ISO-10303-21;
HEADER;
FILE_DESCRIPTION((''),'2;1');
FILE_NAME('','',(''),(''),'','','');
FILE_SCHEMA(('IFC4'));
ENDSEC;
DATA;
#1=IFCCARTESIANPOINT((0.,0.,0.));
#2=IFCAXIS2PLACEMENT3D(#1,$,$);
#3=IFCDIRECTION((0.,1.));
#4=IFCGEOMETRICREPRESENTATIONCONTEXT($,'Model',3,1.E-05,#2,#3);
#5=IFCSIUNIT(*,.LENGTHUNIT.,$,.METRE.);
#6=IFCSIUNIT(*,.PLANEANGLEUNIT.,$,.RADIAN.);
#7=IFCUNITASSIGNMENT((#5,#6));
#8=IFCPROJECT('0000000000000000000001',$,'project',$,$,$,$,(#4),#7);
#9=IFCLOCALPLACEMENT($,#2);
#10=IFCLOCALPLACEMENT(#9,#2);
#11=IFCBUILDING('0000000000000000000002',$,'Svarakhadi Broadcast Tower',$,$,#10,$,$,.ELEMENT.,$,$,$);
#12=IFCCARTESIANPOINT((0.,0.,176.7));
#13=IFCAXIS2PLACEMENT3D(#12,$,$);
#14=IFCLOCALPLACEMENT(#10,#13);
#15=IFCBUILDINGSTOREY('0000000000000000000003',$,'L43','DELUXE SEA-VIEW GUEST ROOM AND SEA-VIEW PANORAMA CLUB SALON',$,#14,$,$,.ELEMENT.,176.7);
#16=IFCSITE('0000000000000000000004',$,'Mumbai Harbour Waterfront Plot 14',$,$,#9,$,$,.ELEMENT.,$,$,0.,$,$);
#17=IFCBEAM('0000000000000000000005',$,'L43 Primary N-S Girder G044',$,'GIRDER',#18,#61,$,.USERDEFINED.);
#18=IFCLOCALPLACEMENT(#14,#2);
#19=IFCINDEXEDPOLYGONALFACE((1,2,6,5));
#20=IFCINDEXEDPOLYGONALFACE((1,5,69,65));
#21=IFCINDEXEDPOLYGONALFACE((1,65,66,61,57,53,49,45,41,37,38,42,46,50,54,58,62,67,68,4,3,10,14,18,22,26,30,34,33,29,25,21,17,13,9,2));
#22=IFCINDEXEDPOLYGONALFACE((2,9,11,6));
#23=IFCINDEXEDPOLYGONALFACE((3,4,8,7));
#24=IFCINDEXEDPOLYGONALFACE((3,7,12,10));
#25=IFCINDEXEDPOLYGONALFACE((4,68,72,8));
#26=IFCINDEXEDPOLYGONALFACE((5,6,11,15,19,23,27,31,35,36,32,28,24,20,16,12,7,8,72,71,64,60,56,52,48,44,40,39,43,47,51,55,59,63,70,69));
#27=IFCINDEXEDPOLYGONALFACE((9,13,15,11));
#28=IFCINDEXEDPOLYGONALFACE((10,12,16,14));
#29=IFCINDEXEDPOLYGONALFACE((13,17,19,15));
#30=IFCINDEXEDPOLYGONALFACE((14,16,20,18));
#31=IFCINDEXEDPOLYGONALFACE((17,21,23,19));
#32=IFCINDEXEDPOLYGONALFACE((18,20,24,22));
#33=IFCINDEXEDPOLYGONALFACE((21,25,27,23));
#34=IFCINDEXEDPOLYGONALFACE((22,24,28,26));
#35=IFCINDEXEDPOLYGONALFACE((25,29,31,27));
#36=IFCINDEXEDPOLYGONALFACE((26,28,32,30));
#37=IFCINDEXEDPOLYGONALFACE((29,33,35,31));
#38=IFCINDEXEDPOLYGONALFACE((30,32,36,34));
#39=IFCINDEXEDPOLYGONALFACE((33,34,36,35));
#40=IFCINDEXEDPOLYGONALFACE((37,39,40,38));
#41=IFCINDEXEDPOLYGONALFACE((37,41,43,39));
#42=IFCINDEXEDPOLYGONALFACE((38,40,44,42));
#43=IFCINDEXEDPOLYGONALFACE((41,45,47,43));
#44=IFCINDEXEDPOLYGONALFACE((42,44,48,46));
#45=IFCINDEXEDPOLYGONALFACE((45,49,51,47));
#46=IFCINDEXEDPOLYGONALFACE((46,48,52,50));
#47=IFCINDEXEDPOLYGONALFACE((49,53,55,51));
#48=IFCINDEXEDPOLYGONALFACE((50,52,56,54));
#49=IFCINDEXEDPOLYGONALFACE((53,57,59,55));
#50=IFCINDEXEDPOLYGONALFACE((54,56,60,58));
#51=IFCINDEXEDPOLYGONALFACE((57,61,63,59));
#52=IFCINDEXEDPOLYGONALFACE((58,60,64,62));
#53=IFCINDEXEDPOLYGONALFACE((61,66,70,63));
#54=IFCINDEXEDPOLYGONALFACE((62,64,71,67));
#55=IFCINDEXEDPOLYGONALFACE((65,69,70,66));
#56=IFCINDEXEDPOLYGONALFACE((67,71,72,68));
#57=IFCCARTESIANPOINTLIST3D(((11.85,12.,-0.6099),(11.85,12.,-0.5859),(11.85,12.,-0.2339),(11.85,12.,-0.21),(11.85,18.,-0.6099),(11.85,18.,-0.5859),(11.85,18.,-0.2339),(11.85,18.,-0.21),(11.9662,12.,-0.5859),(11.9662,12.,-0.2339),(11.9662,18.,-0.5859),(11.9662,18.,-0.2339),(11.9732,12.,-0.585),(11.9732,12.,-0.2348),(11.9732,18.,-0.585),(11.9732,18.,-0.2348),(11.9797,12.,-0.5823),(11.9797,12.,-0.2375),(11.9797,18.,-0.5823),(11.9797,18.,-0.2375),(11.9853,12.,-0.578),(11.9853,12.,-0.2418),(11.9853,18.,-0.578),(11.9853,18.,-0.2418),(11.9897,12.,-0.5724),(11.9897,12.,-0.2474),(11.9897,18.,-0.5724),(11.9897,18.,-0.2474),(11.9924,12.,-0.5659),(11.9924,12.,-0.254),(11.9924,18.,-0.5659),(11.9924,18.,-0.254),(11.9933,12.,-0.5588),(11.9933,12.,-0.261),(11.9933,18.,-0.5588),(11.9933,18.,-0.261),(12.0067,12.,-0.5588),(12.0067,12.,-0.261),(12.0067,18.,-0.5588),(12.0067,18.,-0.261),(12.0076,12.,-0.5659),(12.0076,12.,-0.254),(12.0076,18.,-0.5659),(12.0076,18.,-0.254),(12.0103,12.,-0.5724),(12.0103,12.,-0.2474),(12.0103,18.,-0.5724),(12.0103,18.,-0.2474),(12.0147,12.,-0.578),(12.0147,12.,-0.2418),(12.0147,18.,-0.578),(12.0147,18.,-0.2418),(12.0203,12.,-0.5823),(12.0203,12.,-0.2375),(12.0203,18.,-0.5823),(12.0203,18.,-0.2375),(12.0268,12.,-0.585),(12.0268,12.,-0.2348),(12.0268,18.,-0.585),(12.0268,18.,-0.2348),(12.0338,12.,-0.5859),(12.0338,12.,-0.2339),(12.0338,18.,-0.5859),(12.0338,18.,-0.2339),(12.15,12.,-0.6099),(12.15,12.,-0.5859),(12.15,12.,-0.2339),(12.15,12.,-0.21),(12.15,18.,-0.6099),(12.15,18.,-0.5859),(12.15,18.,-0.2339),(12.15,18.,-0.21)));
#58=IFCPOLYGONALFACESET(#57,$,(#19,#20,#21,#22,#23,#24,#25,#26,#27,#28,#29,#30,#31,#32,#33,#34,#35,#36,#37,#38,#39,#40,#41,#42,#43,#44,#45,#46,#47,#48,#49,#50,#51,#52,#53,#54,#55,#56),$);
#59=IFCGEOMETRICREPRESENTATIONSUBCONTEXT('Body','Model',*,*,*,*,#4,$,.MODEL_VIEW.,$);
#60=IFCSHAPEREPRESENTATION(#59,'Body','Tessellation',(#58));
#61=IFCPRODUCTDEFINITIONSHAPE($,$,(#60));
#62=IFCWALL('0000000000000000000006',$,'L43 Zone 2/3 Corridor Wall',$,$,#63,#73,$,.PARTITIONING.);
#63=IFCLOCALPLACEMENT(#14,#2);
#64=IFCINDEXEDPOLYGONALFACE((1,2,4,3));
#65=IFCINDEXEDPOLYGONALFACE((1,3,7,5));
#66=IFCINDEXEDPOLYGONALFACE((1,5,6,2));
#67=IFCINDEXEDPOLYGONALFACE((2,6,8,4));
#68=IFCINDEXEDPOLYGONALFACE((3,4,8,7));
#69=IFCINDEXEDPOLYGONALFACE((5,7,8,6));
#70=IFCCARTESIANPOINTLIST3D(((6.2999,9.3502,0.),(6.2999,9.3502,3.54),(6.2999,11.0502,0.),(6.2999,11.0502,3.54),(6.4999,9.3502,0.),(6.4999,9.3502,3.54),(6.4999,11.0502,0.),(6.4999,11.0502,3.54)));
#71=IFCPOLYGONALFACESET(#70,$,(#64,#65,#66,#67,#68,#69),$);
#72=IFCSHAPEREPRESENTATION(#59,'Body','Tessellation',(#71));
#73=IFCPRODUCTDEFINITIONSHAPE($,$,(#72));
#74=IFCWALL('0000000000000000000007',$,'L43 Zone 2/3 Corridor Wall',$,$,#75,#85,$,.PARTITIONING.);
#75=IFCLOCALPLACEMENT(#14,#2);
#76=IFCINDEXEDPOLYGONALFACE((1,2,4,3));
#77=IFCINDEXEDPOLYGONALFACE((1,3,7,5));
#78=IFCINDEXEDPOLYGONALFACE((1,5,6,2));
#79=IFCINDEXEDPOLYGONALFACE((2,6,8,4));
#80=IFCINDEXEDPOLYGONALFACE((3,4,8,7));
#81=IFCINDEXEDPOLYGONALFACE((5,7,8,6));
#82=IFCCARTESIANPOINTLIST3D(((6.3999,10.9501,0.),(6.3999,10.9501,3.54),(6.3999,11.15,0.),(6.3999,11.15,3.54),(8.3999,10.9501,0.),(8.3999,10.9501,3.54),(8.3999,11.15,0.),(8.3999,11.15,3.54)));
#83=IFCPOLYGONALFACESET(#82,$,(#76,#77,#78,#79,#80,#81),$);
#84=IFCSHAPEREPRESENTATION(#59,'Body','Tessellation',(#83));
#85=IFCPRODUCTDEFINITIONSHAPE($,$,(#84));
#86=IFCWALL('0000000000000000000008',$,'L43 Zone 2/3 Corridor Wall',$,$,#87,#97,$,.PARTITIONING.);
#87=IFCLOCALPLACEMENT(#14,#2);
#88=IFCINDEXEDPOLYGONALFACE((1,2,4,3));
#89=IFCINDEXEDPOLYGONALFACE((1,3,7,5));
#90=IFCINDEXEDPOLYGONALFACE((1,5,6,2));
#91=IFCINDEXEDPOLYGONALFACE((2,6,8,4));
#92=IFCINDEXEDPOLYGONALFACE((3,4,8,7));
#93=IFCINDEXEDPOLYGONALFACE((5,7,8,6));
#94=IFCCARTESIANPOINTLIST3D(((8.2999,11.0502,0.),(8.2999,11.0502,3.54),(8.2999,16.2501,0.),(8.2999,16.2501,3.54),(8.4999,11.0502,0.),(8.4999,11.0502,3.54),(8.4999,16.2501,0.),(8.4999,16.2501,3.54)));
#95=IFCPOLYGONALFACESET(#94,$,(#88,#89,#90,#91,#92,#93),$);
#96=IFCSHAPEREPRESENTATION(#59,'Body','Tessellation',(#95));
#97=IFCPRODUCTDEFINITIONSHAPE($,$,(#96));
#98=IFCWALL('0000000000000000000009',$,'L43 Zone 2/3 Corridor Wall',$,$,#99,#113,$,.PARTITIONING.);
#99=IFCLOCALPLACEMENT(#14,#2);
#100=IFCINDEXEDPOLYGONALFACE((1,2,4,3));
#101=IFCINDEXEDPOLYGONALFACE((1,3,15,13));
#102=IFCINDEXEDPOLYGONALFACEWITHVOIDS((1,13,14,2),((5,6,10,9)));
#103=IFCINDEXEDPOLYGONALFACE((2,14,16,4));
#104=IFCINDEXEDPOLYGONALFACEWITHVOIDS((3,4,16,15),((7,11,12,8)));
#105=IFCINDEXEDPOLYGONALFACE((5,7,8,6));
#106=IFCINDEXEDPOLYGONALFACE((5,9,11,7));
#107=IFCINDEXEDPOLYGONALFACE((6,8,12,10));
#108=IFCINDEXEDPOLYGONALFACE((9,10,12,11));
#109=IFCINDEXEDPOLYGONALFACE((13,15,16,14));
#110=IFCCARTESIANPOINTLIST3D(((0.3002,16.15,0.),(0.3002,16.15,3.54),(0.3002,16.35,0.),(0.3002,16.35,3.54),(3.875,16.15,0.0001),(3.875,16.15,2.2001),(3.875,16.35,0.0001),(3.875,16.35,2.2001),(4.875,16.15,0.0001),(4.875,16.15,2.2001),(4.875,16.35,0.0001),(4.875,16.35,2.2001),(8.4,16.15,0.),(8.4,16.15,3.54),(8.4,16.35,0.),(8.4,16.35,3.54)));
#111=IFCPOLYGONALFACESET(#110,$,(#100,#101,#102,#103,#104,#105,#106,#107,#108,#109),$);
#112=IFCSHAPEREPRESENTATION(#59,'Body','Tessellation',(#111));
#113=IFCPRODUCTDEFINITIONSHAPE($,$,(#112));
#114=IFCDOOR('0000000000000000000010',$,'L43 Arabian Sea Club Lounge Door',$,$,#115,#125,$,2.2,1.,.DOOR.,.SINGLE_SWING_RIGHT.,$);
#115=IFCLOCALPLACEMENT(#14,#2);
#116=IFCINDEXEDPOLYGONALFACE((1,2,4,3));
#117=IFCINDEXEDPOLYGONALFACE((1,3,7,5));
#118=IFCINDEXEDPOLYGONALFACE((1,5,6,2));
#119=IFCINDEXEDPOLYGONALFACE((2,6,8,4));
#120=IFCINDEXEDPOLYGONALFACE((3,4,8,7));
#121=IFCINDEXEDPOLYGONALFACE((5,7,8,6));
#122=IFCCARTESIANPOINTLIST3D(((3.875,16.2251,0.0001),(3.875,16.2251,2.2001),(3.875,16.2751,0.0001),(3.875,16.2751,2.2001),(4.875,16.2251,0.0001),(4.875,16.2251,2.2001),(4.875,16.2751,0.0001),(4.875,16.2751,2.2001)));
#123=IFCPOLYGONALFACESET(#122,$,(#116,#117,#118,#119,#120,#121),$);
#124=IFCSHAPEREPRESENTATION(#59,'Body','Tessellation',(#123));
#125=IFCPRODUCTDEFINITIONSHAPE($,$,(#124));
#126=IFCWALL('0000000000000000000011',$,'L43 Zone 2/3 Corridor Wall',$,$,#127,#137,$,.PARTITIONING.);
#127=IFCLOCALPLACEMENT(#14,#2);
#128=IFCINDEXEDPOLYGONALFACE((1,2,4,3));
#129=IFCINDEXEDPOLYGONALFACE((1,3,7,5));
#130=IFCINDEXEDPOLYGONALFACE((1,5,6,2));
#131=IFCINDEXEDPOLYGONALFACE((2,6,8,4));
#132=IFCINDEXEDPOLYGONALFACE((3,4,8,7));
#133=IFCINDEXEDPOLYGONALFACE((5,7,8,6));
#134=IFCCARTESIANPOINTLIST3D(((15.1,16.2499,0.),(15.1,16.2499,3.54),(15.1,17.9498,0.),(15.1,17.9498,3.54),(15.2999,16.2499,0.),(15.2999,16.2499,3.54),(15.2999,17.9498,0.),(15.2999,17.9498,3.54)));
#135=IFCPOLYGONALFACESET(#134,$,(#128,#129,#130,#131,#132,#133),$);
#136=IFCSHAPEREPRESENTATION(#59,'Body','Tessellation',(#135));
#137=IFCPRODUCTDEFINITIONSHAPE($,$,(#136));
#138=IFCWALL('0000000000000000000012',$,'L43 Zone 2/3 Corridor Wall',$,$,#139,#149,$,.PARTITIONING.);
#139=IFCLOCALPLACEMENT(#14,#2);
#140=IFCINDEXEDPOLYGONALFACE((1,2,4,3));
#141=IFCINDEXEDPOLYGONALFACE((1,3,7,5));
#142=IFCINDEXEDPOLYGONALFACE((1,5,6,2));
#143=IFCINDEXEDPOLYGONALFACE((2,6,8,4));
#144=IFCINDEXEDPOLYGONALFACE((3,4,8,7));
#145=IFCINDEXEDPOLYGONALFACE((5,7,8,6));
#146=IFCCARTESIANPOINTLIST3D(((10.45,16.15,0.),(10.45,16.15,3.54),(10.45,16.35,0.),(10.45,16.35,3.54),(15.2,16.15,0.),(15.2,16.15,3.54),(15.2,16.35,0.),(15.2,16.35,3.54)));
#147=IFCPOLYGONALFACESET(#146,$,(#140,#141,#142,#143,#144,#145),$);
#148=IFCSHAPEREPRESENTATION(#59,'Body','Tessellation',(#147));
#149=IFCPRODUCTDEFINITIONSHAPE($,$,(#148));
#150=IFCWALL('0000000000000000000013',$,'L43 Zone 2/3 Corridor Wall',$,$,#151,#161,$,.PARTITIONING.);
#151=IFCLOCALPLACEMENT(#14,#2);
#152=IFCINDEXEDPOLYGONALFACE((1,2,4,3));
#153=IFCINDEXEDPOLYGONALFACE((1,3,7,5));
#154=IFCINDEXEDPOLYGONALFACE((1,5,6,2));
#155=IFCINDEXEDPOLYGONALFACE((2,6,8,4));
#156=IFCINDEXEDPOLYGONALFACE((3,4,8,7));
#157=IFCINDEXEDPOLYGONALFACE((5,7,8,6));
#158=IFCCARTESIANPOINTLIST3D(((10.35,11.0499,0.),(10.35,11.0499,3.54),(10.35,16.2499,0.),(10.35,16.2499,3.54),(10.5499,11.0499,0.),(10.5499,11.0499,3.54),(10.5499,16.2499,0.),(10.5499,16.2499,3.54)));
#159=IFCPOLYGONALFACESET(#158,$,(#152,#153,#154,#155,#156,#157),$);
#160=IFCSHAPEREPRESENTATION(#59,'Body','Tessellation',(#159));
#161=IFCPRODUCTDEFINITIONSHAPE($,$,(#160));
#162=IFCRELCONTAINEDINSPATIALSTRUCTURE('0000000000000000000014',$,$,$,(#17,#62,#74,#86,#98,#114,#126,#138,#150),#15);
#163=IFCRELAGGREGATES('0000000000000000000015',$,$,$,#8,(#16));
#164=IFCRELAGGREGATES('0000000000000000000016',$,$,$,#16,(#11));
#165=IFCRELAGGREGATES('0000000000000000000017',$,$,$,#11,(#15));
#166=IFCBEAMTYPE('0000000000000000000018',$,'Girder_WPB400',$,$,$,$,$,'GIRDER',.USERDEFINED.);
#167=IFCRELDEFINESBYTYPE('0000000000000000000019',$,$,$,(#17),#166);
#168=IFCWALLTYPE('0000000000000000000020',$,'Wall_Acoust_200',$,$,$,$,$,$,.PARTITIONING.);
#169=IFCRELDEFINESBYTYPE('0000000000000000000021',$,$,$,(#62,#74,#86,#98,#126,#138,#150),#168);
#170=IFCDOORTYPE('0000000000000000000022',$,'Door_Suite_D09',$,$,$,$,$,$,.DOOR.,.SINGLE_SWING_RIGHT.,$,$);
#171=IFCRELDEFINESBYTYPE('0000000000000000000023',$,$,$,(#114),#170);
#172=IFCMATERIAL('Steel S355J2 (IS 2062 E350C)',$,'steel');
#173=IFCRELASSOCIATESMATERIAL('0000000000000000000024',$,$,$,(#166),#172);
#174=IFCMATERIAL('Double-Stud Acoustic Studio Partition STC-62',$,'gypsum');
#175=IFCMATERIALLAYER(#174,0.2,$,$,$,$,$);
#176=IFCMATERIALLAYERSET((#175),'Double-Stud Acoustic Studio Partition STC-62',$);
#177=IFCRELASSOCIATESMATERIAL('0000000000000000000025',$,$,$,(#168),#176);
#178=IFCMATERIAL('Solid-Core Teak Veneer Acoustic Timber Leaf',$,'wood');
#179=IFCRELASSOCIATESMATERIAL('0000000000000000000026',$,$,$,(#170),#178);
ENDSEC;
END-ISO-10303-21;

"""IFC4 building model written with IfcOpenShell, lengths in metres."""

from ifc_helpers import new_model, si_unit, direction, frame, frame_2d, origin, origin_2d, place, context, subcontext, project, spatial, rectangle, i_section, extrude, material, layer, layer_set, material_profile, profile_set, type_object, element, fill, save


model = new_model("IFC4")

# Units and contexts
model_context = context("Model", 3, precision=1e-05, world=origin(), true_north=direction((0.0, 1.0)))
body_context = subcontext(model_context, "Body", "Model", "MODEL_VIEW")
ifc_project = project(units=[si_unit("LENGTHUNIT", "METRE"), si_unit("PLANEANGLEUNIT", "RADIAN")], contexts=[model_context])

# Site, building, storey
site_placement = place(None, origin())
site = spatial("IfcSite", under=ifc_project, at=site_placement, Name="Mumbai Harbour Waterfront Plot 14", CompositionType="ELEMENT", RefElevation=0.0)
building_placement = place(site_placement, origin())
building = spatial("IfcBuilding", under=site, at=building_placement, Name="Svarakhadi Broadcast Tower", CompositionType="ELEMENT")
storey_placement = place(building_placement, frame((0.0, 0.0, 176.7)))
storey = spatial("IfcBuildingStorey", under=building, at=storey_placement, Name="L43", Description="DELUXE SEA-VIEW GUEST ROOM AND SEA-VIEW PANORAMA CLUB SALON", CompositionType="ELEMENT", Elevation=176.7)

# Beam
ifc_material_1 = material(Name="Steel S355J2 (IS 2062 E350C)", Category="steel")
ifc_material_profile_1 = material_profile(ifc_material_1, i_section(OverallWidth=0.3, OverallDepth=0.3999, WebThickness=0.0134, FlangeThickness=0.0239, FilletRadius=0.0271, at=origin_2d()), Name="WPB 400x300x155")
ifc_profile_set_1 = profile_set([ifc_material_profile_1], Name="Steel S355J2 (IS 2062 E350C)")
beam_type_1 = type_object("IfcBeamType", Name="Girder_WPB400", ElementType="GIRDER", PredefinedType="USERDEFINED", material=ifc_profile_set_1)
for number, where, z_axis, x_axis, name in (
    (1, (12.0, 12.0, -0.4099), (0.0, 1.0, 0.0), (-1.0, 0.0, 0.0), "L43 Primary N-S Girder G044"),
):
    element("IfcBeam", number, at=place(storey_placement, frame(where, z_axis=z_axis, x_axis=x_axis)), inside=storey, type_object=beam_type_1, Name=name, ObjectType="GIRDER", PredefinedType="USERDEFINED", context=body_context, shape_type="SweptSolid", body=[
        extrude(i_section(OverallWidth=0.3, OverallDepth=0.3999, WebThickness=0.0134, FlangeThickness=0.0239, FilletRadius=0.0271, at=origin_2d()), origin(), (0.0, 0.0, 1.0), 6.0),
    ])

# Walls
ifc_material_2 = material(Name="Double-Stud Acoustic Studio Partition STC-62", Category="gypsum")
ifc_layer_1 = layer(ifc_material_2, 0.2)
ifc_layer_set_1 = layer_set([ifc_layer_1], Name="Double-Stud Acoustic Studio Partition STC-62")
wall_type_1 = type_object("IfcWallType", Name="Wall_Acoust_200", PredefinedType="PARTITIONING", material=ifc_layer_set_1)
wall_1_placement = place(storey_placement, frame((6.3999, 9.3501, 0.0), z_axis=(0.0, 0.0, 1.0), x_axis=(0.0, 1.0, 0.0)))
element("IfcWall", 2, at=wall_1_placement, inside=storey, type_object=wall_type_1, Name="L43 Zone 2/3 Corridor Wall", PredefinedType="PARTITIONING", context=body_context, shape_type="SweptSolid", body=[
    extrude(rectangle(XDim=1.7, YDim=0.2, at=frame_2d((0.8501, 0.0))), origin(), (0.0, 0.0, 1.0), 3.54),
])
wall_2_placement = place(storey_placement, frame((6.3999, 11.05, 0.0), z_axis=(0.0, 0.0, 1.0), x_axis=(1.0, 0.0, 0.0)))
element("IfcWall", 3, at=wall_2_placement, inside=storey, type_object=wall_type_1, Name="L43 Zone 2/3 Corridor Wall", PredefinedType="PARTITIONING", context=body_context, shape_type="SweptSolid", body=[
    extrude(rectangle(XDim=2.0, YDim=0.2, at=frame_2d((1.0, 0.0))), origin(), (0.0, 0.0, 1.0), 3.54),
])
wall_3_placement = place(storey_placement, frame((8.3999, 11.05, 0.0), z_axis=(0.0, 0.0, 1.0), x_axis=(0.0, 1.0, 0.0)))
element("IfcWall", 4, at=wall_3_placement, inside=storey, type_object=wall_type_1, Name="L43 Zone 2/3 Corridor Wall", PredefinedType="PARTITIONING", context=body_context, shape_type="SweptSolid", body=[
    extrude(rectangle(XDim=5.2, YDim=0.2, at=frame_2d((2.6001, 0.0))), origin(), (0.0, 0.0, 1.0), 3.54),
])

# Wall, opening, door
wall_4_placement = place(storey_placement, frame((8.3999, 16.25, 0.0), z_axis=(0.0, 0.0, 1.0), x_axis=(-1.0, 0.0, 0.0)))
wall_4 = element("IfcWall", 5, at=wall_4_placement, inside=storey, type_object=wall_type_1, Name="L43 Zone 2/3 Corridor Wall", PredefinedType="PARTITIONING", context=body_context, shape_type="SweptSolid", body=[
    extrude(rectangle(XDim=8.0999, YDim=0.2, at=frame_2d((4.0498, 0.0))), origin(), (0.0, 0.0, 1.0), 3.54),
])
opening_1_placement = place(wall_4_placement, frame((3.5249, 0.0, 0.0)))
opening_1 = element("IfcOpeningElement", 6, at=opening_1_placement, cuts=wall_4, PredefinedType="OPENING", context=body_context, shape_type="SweptSolid", body=[
    extrude(rectangle(XDim=1.0, YDim=2.2, at=frame_2d((0.5, 1.1001))), frame((0.0, 0.1099, 0.0), z_axis=(0.0, -1.0, 0.0), x_axis=(1.0, 0.0, 0.0)), (0.0, 0.0, 1.0), 0.22),
])
ifc_material_3 = material(Name="Solid-Core Teak Veneer Acoustic Timber Leaf", Category="wood")
door_type_1 = type_object("IfcDoorType", Name="Door_Suite_D09", OperationType="SINGLE_SWING_RIGHT", PredefinedType="DOOR", material=ifc_material_3)
door_1_placement = place(opening_1_placement, origin())
door_1 = element("IfcDoor", 7, at=door_1_placement, inside=storey, type_object=door_type_1, Name="L43 Arabian Sea Club Lounge Door", OperationType="SINGLE_SWING_RIGHT", OverallHeight=2.2, OverallWidth=1.0, PredefinedType="DOOR", context=body_context, shape_type="SweptSolid", body=[
    extrude(rectangle(XDim=1.0, YDim=2.2, at=frame_2d((0.5, 1.1001))), frame((0.0, 0.0249, 0.0), z_axis=(0.0, -1.0, 0.0), x_axis=(1.0, 0.0, 0.0)), (0.0, 0.0, 1.0), 0.05),
])
fill(opening_1, door_1)

# Walls
wall_5_placement = place(storey_placement, frame((15.2, 17.95, 0.0), z_axis=(0.0, 0.0, 1.0), x_axis=(0.0, -1.0, 0.0)))
element("IfcWall", 8, at=wall_5_placement, inside=storey, type_object=wall_type_1, Name="L43 Zone 2/3 Corridor Wall", PredefinedType="PARTITIONING", context=body_context, shape_type="SweptSolid", body=[
    extrude(rectangle(XDim=1.7, YDim=0.2, at=frame_2d((0.8501, 0.0))), origin(), (0.0, 0.0, 1.0), 3.54),
])
wall_6_placement = place(storey_placement, frame((15.2, 16.25, 0.0), z_axis=(0.0, 0.0, 1.0), x_axis=(-1.0, 0.0, 0.0)))
element("IfcWall", 9, at=wall_6_placement, inside=storey, type_object=wall_type_1, Name="L43 Zone 2/3 Corridor Wall", PredefinedType="PARTITIONING", context=body_context, shape_type="SweptSolid", body=[
    extrude(rectangle(XDim=4.75, YDim=0.2, at=frame_2d((2.375, 0.0))), origin(), (0.0, 0.0, 1.0), 3.54),
])
wall_7_placement = place(storey_placement, frame((10.45, 16.25, 0.0), z_axis=(0.0, 0.0, 1.0), x_axis=(0.0, -1.0, 0.0)))
element("IfcWall", 10, at=wall_7_placement, inside=storey, type_object=wall_type_1, Name="L43 Zone 2/3 Corridor Wall", PredefinedType="PARTITIONING", context=body_context, shape_type="SweptSolid", body=[
    extrude(rectangle(XDim=5.2, YDim=0.2, at=frame_2d((2.6001, 0.0))), origin(), (0.0, 0.0, 1.0), 3.54),
])

save(model, "model.ifc")
